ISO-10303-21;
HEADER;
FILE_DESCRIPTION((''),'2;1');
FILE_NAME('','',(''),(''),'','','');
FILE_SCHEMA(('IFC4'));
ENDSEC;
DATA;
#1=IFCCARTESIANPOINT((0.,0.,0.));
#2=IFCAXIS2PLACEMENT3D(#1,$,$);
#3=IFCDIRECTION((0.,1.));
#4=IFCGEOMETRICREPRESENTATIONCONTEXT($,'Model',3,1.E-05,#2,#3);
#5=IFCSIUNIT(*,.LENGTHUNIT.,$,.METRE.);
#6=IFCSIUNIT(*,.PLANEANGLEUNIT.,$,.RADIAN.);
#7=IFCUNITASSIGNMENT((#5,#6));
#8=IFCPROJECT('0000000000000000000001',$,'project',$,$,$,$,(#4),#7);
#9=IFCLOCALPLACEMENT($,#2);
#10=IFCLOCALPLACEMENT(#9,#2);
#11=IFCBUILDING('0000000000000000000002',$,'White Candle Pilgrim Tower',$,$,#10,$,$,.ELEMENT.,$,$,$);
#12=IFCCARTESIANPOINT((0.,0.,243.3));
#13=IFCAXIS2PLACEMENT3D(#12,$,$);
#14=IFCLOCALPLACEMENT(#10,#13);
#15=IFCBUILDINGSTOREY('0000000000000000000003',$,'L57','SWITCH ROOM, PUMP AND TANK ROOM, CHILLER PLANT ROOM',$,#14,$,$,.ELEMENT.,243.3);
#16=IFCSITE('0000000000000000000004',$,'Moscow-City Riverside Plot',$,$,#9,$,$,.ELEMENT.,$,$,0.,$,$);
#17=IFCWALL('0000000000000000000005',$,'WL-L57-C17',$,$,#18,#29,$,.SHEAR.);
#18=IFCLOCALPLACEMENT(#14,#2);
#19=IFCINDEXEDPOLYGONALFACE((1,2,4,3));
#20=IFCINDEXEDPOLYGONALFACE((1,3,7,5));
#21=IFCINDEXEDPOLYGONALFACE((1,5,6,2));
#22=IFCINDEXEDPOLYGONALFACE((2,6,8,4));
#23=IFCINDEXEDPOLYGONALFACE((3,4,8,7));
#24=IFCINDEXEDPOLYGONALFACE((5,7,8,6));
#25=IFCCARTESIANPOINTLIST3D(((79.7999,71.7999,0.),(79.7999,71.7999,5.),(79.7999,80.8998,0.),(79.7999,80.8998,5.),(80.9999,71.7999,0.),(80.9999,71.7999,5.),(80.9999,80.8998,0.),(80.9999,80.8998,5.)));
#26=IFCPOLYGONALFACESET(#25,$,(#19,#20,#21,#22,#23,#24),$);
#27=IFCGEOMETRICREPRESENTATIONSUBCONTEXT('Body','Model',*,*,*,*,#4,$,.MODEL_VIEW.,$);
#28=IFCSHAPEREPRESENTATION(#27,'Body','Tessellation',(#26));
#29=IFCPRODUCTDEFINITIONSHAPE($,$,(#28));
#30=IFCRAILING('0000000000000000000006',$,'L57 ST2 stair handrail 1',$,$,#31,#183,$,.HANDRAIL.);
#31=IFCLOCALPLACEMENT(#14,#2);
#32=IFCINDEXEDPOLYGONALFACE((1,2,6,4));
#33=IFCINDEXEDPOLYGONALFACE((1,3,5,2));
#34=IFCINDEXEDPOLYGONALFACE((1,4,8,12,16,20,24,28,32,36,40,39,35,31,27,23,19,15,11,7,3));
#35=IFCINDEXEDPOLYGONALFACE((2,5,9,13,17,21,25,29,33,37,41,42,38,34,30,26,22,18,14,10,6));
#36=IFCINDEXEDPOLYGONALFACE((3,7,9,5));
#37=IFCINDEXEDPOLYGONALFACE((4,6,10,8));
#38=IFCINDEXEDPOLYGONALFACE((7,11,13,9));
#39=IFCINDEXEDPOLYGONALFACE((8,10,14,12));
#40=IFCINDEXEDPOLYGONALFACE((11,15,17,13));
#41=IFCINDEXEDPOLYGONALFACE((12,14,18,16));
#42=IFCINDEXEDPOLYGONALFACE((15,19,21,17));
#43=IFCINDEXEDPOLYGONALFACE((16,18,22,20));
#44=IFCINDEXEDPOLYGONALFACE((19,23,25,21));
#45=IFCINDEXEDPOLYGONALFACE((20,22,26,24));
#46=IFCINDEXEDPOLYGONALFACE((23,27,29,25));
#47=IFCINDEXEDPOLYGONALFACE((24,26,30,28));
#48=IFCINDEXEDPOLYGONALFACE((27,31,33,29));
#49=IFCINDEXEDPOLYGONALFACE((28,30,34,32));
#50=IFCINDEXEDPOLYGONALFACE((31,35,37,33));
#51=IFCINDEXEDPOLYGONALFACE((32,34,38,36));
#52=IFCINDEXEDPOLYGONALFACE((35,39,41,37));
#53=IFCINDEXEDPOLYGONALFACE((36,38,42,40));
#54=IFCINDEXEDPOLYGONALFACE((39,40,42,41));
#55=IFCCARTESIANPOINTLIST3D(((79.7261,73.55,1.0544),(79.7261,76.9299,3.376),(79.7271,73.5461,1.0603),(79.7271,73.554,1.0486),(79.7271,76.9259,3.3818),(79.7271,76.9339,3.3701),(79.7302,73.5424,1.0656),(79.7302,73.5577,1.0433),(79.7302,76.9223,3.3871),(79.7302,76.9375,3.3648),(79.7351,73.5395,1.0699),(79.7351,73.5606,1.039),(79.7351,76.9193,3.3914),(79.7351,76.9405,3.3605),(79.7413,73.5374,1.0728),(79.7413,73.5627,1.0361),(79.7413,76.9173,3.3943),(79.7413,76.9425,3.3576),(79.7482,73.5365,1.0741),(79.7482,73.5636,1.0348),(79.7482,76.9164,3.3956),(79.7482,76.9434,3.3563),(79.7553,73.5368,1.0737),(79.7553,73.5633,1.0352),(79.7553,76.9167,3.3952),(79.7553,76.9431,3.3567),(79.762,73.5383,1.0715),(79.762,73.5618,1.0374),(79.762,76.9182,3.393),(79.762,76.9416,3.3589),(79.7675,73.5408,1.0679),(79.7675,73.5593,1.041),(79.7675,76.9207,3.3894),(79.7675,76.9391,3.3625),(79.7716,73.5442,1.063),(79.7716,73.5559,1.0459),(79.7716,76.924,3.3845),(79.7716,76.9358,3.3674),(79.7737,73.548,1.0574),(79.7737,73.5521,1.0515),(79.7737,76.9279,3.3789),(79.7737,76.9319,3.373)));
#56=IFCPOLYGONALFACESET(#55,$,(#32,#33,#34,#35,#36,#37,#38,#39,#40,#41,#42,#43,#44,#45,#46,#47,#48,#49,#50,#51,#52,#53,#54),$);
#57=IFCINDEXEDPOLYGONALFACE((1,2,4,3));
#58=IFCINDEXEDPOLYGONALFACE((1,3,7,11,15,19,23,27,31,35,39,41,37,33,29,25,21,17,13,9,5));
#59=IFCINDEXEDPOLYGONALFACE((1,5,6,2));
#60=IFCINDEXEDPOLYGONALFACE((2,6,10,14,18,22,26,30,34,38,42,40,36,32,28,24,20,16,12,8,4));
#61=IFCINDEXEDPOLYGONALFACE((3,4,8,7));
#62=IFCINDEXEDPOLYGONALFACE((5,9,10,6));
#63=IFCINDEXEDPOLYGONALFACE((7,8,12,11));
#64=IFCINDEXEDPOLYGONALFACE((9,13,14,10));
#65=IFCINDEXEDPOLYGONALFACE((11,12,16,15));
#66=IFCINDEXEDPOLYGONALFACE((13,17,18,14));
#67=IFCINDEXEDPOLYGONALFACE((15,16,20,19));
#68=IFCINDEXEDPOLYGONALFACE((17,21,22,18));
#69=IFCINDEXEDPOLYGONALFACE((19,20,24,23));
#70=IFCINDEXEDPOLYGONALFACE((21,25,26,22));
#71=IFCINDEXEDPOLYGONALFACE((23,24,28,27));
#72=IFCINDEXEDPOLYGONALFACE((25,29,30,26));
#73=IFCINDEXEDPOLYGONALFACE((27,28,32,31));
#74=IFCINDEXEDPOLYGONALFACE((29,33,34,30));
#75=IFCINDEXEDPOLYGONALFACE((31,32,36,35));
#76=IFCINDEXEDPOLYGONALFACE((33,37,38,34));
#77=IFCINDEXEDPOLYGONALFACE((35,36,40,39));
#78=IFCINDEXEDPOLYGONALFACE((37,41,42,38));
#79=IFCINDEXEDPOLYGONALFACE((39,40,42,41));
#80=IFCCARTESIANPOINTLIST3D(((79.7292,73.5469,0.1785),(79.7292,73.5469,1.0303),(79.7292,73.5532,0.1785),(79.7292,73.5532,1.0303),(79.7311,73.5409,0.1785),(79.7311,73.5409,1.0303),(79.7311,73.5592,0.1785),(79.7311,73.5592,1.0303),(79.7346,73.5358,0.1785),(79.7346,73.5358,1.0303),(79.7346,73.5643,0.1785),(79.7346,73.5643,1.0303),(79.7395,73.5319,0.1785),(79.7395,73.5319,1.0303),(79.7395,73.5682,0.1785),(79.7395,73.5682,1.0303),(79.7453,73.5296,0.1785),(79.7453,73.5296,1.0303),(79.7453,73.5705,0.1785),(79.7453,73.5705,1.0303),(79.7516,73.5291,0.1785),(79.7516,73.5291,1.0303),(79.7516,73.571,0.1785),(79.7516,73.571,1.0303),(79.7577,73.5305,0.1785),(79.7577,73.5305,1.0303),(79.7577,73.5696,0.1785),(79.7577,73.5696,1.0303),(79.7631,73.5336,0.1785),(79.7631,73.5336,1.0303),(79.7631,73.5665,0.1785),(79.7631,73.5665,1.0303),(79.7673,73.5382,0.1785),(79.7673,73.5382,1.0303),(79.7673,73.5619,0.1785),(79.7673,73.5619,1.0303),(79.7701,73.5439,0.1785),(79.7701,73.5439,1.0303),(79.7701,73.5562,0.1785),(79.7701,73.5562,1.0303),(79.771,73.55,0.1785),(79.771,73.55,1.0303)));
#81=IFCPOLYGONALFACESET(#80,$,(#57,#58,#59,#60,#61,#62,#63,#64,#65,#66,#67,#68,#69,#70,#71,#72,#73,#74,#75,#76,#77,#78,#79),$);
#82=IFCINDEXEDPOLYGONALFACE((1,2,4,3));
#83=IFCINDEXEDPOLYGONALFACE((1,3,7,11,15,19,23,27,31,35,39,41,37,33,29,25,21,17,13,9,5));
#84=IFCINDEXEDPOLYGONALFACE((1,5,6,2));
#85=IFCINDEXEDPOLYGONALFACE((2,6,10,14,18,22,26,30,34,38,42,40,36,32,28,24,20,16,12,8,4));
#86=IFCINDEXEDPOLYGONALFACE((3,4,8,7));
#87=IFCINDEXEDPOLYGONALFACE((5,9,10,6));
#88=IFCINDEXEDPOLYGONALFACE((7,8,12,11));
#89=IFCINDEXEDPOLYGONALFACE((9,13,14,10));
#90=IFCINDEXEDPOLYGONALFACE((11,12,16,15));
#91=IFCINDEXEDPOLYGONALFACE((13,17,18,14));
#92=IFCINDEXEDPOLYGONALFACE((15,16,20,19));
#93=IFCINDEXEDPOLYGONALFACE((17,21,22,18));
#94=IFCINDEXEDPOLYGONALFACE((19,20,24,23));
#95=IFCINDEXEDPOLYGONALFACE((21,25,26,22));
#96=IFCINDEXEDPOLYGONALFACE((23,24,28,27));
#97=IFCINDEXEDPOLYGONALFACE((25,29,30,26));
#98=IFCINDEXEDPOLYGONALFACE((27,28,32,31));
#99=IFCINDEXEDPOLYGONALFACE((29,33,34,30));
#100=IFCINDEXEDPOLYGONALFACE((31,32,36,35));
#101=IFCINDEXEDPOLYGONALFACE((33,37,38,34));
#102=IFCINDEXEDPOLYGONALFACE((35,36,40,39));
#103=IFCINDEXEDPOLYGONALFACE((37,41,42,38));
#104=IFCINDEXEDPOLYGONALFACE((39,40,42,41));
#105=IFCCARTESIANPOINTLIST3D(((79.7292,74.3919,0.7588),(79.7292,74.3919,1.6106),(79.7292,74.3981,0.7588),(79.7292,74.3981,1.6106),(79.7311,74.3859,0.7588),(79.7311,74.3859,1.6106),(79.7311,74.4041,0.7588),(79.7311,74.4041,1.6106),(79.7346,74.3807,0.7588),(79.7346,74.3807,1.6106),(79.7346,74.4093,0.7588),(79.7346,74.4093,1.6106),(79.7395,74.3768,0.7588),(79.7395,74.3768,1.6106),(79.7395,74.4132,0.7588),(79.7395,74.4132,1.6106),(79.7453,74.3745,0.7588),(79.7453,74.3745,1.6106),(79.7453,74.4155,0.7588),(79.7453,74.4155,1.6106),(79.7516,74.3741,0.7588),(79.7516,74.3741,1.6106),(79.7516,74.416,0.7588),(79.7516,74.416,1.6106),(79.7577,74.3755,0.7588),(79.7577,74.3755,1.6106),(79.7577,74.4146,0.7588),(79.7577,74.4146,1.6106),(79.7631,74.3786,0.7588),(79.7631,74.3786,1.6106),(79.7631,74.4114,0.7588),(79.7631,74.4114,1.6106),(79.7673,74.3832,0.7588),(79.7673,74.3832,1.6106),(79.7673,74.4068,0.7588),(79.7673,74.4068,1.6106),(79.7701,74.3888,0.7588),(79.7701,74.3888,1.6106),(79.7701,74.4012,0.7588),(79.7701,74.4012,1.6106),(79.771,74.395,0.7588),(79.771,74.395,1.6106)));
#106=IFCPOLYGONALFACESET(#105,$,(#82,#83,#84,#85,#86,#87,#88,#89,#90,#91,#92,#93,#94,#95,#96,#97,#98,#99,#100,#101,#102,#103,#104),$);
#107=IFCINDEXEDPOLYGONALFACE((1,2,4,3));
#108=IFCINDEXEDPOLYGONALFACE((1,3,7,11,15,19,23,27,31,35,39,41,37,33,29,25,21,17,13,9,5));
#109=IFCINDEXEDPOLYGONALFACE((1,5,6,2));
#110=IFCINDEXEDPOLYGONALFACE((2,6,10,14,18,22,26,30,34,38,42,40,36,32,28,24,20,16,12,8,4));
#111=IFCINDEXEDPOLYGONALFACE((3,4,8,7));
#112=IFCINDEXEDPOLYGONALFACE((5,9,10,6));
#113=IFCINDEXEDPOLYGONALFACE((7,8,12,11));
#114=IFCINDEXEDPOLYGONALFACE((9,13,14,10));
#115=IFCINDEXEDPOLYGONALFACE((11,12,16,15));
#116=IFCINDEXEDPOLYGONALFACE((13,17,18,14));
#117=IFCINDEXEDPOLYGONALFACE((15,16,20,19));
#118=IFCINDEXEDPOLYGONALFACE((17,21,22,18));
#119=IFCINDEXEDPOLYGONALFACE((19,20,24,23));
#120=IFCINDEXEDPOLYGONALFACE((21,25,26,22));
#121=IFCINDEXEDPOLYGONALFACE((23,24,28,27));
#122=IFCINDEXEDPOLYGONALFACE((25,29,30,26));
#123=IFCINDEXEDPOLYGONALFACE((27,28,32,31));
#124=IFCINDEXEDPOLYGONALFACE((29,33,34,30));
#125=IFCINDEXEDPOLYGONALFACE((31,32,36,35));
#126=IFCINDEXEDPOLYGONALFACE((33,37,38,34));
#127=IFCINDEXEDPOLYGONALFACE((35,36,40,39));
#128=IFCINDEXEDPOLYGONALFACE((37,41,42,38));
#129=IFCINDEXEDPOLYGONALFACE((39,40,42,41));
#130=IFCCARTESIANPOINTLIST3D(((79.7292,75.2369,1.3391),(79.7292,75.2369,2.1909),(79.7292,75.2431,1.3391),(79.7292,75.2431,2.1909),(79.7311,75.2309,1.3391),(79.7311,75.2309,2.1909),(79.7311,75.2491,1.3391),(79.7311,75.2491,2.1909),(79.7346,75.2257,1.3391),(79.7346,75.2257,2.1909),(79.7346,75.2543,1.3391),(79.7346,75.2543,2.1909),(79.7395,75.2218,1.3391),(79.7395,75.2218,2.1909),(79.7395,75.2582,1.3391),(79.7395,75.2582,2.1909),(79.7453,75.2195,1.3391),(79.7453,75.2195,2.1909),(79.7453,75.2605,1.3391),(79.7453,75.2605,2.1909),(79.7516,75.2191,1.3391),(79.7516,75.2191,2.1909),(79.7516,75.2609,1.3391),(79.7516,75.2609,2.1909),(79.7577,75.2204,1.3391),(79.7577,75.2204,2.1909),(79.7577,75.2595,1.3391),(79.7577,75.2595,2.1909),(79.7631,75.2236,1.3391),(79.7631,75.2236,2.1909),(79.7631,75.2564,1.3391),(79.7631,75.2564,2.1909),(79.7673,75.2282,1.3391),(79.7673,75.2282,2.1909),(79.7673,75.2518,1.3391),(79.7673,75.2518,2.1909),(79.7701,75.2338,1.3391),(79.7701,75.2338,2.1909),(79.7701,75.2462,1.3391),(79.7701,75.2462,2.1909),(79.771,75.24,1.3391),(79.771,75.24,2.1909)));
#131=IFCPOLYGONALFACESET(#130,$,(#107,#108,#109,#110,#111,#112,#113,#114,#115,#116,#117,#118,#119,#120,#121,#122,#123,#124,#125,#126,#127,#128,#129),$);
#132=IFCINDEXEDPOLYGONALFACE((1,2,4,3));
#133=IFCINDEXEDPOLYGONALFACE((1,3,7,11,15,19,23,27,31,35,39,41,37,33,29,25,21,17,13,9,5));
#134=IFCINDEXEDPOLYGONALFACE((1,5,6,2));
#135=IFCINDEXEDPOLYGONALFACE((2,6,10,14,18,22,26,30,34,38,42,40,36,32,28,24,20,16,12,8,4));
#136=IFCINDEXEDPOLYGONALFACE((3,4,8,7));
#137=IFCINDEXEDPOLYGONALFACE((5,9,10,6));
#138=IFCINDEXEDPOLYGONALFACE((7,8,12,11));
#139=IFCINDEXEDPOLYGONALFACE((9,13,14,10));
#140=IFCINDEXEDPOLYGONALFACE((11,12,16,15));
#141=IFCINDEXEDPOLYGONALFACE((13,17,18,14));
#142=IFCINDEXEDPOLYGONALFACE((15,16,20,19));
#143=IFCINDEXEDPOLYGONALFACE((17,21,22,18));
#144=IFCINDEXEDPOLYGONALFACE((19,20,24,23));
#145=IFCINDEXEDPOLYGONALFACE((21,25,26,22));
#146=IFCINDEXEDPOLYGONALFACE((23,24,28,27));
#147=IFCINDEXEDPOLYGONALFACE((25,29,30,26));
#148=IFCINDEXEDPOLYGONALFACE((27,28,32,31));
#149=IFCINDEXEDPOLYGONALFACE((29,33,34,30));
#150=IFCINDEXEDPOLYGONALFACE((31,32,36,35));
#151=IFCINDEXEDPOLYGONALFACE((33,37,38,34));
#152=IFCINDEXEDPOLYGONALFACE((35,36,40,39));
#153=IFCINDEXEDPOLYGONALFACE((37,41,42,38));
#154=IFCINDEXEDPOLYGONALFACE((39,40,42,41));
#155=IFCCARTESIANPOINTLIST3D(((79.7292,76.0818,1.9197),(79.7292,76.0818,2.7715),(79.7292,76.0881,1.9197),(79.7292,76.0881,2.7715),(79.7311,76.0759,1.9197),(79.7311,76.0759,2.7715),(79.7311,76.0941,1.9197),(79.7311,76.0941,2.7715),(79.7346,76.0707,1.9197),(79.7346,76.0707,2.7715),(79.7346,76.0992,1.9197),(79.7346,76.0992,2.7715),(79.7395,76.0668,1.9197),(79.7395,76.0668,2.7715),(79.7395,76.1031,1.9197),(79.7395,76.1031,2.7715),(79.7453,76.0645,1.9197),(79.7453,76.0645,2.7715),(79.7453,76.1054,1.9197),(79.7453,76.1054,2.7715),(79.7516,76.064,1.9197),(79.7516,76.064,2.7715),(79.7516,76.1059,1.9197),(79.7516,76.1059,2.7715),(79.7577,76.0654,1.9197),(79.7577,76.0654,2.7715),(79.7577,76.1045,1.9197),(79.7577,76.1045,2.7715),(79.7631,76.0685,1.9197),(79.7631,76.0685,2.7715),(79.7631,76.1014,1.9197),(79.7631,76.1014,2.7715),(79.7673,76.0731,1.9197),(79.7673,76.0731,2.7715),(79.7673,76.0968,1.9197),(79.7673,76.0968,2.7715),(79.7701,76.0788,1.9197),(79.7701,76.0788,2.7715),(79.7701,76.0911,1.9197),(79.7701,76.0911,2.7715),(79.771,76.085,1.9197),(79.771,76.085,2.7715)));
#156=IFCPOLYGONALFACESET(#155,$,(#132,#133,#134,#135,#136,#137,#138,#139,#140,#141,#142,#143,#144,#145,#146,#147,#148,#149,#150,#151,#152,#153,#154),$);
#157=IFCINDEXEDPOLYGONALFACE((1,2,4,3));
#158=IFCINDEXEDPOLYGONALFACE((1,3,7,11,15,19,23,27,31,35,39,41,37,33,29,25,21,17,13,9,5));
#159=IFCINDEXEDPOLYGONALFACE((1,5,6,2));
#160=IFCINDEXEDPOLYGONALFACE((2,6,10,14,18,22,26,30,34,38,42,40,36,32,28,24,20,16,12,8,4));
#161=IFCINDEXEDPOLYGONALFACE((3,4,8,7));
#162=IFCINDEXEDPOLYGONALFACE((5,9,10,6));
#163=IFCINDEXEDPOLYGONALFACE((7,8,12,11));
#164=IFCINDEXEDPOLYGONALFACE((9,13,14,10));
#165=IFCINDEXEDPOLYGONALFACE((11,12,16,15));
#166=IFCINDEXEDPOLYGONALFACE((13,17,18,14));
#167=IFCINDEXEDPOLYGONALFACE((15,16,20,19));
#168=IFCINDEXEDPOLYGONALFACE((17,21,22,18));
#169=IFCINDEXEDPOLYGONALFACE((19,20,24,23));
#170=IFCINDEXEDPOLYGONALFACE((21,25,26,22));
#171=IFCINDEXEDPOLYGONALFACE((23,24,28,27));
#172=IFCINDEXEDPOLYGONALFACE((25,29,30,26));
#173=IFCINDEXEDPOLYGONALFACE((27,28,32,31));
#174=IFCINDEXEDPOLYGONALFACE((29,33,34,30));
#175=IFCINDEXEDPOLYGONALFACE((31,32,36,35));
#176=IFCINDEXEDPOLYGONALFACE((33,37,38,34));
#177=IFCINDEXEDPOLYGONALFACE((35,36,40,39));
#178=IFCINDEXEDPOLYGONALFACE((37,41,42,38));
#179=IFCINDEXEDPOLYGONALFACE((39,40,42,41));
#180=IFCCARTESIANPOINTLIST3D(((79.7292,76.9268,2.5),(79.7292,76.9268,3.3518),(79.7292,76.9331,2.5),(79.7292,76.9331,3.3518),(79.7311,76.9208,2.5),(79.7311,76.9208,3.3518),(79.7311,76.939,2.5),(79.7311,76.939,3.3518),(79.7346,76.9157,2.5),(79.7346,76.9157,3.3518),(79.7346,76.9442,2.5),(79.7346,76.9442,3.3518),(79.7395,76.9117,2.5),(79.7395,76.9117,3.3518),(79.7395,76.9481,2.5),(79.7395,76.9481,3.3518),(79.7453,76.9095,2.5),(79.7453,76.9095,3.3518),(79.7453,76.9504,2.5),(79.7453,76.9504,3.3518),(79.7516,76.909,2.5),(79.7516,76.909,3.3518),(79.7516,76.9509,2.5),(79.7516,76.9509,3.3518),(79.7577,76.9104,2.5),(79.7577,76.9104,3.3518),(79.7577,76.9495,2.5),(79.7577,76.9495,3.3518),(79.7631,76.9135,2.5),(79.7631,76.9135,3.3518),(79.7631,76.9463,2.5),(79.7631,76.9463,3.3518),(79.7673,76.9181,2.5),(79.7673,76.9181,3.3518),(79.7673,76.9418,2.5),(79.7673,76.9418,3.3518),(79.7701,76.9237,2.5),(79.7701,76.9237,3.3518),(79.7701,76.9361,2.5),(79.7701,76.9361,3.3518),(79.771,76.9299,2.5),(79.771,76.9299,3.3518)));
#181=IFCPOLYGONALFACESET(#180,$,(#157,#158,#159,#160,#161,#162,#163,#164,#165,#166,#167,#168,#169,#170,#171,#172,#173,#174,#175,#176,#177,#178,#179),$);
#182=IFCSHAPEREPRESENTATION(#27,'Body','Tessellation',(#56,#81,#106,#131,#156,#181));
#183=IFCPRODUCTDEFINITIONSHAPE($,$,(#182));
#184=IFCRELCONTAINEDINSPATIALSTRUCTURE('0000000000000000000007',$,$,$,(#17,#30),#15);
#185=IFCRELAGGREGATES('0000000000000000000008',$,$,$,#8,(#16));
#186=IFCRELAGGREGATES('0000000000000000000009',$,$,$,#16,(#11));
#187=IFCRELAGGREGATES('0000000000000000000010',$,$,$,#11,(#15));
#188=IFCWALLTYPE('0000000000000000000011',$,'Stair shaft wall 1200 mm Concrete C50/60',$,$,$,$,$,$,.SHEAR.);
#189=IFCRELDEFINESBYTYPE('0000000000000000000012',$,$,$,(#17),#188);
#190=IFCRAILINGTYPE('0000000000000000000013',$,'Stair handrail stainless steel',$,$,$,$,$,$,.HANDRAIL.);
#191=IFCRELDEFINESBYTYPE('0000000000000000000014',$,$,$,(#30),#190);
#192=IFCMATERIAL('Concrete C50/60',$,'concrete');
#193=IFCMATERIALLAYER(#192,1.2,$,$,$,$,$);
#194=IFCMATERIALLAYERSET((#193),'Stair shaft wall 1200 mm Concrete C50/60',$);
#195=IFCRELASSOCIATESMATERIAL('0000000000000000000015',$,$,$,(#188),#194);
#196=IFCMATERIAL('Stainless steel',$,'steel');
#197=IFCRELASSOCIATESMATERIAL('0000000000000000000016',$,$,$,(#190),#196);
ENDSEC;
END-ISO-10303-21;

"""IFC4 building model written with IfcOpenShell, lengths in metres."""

from ifc_helpers import new_model, si_unit, direction, frame, frame_2d, origin, origin_2d, place, context, subcontext, project, spatial, rectangle, circle, extrude, material, layer, layer_set, type_object, element, save


model = new_model("IFC4")

# Units and contexts
model_context = context("Model", 3, precision=1e-05, world=origin(), true_north=direction((0.0, 1.0)))
body_context = subcontext(model_context, "Body", "Model", "MODEL_VIEW")
ifc_project = project(units=[si_unit("LENGTHUNIT", "METRE"), si_unit("PLANEANGLEUNIT", "RADIAN")], contexts=[model_context])

# Site, building, storey
site_placement = place(None, origin())
site = spatial("IfcSite", under=ifc_project, at=site_placement, Name="Moscow-City Riverside Plot", CompositionType="ELEMENT", RefElevation=0.0)
building_placement = place(site_placement, origin())
building = spatial("IfcBuilding", under=site, at=building_placement, Name="White Candle Pilgrim Tower", CompositionType="ELEMENT")
storey_placement = place(building_placement, frame((0.0, 0.0, 243.3)))
storey = spatial("IfcBuildingStorey", under=building, at=storey_placement, Name="L57", Description="SWITCH ROOM, PUMP AND TANK ROOM, CHILLER PLANT ROOM", CompositionType="ELEMENT", Elevation=243.3)

# Shared definitions
ifc_material_1 = material(Name="Concrete C50/60", Category="concrete")

# Wall
ifc_layer_1 = layer(ifc_material_1, 1.2)
ifc_layer_set_1 = layer_set([ifc_layer_1], Name="Stair shaft wall 1200 mm Concrete C50/60")
wall_type_1 = type_object("IfcWallType", Name="Stair shaft wall 1200 mm Concrete C50/60", PredefinedType="SHEAR", material=ifc_layer_set_1)
wall_1_placement = place(storey_placement, frame((80.3999, 71.8, 0.0), z_axis=(0.0, 0.0, 1.0), x_axis=(0.0, 1.0, 0.0)))
element("IfcWall", 1, at=wall_1_placement, inside=storey, type_object=wall_type_1, Name="WL-L57-C17", PredefinedType="SHEAR", context=body_context, shape_type="SweptSolid", body=[
    extrude(rectangle(XDim=9.0999, YDim=1.2, at=frame_2d((4.5498, 0.0))), origin(), (0.0, 0.0, 1.0), 5.0),
])

# Railing
ifc_material_2 = material(Name="Stainless steel", Category="steel")
railing_type = type_object("IfcRailingType", Name="Stair handrail stainless steel", PredefinedType="HANDRAIL", material=ifc_material_2)
railing_placement = place(storey_placement, frame((79.75, 73.55, 0.1785)))
element("IfcRailing", 2, at=railing_placement, inside=storey, type_object=railing_type, Name="L57 ST2 stair handrail 1", PredefinedType="HANDRAIL", context=body_context, shape_type="SweptSolid", body=[
    extrude(circle(Radius=0.0239, at=origin_2d()), frame((0.0, 0.0, 0.876), z_axis=(0.0, 0.824285, 0.566175), x_axis=(-1.0, 0.0, 0.0)), (0.0, 0.0, 1.0), 4.1003),
    extrude(circle(Radius=0.021, at=origin_2d()), origin(), (0.0, 0.0, 1.0), 0.8518),
    extrude(circle(Radius=0.021, at=origin_2d()), frame((0.0, 0.845, 0.5803)), (0.0, 0.0, 1.0), 0.8518),
    extrude(circle(Radius=0.021, at=origin_2d()), frame((0.0, 1.6899, 1.1606)), (0.0, 0.0, 1.0), 0.8518),
    extrude(circle(Radius=0.021, at=origin_2d()), frame((0.0, 2.5349, 1.7412)), (0.0, 0.0, 1.0), 0.8518),
    extrude(circle(Radius=0.021, at=origin_2d()), frame((0.0, 3.3799, 2.3215)), (0.0, 0.0, 1.0), 0.8518),
])

save(model, "model.ifc")
